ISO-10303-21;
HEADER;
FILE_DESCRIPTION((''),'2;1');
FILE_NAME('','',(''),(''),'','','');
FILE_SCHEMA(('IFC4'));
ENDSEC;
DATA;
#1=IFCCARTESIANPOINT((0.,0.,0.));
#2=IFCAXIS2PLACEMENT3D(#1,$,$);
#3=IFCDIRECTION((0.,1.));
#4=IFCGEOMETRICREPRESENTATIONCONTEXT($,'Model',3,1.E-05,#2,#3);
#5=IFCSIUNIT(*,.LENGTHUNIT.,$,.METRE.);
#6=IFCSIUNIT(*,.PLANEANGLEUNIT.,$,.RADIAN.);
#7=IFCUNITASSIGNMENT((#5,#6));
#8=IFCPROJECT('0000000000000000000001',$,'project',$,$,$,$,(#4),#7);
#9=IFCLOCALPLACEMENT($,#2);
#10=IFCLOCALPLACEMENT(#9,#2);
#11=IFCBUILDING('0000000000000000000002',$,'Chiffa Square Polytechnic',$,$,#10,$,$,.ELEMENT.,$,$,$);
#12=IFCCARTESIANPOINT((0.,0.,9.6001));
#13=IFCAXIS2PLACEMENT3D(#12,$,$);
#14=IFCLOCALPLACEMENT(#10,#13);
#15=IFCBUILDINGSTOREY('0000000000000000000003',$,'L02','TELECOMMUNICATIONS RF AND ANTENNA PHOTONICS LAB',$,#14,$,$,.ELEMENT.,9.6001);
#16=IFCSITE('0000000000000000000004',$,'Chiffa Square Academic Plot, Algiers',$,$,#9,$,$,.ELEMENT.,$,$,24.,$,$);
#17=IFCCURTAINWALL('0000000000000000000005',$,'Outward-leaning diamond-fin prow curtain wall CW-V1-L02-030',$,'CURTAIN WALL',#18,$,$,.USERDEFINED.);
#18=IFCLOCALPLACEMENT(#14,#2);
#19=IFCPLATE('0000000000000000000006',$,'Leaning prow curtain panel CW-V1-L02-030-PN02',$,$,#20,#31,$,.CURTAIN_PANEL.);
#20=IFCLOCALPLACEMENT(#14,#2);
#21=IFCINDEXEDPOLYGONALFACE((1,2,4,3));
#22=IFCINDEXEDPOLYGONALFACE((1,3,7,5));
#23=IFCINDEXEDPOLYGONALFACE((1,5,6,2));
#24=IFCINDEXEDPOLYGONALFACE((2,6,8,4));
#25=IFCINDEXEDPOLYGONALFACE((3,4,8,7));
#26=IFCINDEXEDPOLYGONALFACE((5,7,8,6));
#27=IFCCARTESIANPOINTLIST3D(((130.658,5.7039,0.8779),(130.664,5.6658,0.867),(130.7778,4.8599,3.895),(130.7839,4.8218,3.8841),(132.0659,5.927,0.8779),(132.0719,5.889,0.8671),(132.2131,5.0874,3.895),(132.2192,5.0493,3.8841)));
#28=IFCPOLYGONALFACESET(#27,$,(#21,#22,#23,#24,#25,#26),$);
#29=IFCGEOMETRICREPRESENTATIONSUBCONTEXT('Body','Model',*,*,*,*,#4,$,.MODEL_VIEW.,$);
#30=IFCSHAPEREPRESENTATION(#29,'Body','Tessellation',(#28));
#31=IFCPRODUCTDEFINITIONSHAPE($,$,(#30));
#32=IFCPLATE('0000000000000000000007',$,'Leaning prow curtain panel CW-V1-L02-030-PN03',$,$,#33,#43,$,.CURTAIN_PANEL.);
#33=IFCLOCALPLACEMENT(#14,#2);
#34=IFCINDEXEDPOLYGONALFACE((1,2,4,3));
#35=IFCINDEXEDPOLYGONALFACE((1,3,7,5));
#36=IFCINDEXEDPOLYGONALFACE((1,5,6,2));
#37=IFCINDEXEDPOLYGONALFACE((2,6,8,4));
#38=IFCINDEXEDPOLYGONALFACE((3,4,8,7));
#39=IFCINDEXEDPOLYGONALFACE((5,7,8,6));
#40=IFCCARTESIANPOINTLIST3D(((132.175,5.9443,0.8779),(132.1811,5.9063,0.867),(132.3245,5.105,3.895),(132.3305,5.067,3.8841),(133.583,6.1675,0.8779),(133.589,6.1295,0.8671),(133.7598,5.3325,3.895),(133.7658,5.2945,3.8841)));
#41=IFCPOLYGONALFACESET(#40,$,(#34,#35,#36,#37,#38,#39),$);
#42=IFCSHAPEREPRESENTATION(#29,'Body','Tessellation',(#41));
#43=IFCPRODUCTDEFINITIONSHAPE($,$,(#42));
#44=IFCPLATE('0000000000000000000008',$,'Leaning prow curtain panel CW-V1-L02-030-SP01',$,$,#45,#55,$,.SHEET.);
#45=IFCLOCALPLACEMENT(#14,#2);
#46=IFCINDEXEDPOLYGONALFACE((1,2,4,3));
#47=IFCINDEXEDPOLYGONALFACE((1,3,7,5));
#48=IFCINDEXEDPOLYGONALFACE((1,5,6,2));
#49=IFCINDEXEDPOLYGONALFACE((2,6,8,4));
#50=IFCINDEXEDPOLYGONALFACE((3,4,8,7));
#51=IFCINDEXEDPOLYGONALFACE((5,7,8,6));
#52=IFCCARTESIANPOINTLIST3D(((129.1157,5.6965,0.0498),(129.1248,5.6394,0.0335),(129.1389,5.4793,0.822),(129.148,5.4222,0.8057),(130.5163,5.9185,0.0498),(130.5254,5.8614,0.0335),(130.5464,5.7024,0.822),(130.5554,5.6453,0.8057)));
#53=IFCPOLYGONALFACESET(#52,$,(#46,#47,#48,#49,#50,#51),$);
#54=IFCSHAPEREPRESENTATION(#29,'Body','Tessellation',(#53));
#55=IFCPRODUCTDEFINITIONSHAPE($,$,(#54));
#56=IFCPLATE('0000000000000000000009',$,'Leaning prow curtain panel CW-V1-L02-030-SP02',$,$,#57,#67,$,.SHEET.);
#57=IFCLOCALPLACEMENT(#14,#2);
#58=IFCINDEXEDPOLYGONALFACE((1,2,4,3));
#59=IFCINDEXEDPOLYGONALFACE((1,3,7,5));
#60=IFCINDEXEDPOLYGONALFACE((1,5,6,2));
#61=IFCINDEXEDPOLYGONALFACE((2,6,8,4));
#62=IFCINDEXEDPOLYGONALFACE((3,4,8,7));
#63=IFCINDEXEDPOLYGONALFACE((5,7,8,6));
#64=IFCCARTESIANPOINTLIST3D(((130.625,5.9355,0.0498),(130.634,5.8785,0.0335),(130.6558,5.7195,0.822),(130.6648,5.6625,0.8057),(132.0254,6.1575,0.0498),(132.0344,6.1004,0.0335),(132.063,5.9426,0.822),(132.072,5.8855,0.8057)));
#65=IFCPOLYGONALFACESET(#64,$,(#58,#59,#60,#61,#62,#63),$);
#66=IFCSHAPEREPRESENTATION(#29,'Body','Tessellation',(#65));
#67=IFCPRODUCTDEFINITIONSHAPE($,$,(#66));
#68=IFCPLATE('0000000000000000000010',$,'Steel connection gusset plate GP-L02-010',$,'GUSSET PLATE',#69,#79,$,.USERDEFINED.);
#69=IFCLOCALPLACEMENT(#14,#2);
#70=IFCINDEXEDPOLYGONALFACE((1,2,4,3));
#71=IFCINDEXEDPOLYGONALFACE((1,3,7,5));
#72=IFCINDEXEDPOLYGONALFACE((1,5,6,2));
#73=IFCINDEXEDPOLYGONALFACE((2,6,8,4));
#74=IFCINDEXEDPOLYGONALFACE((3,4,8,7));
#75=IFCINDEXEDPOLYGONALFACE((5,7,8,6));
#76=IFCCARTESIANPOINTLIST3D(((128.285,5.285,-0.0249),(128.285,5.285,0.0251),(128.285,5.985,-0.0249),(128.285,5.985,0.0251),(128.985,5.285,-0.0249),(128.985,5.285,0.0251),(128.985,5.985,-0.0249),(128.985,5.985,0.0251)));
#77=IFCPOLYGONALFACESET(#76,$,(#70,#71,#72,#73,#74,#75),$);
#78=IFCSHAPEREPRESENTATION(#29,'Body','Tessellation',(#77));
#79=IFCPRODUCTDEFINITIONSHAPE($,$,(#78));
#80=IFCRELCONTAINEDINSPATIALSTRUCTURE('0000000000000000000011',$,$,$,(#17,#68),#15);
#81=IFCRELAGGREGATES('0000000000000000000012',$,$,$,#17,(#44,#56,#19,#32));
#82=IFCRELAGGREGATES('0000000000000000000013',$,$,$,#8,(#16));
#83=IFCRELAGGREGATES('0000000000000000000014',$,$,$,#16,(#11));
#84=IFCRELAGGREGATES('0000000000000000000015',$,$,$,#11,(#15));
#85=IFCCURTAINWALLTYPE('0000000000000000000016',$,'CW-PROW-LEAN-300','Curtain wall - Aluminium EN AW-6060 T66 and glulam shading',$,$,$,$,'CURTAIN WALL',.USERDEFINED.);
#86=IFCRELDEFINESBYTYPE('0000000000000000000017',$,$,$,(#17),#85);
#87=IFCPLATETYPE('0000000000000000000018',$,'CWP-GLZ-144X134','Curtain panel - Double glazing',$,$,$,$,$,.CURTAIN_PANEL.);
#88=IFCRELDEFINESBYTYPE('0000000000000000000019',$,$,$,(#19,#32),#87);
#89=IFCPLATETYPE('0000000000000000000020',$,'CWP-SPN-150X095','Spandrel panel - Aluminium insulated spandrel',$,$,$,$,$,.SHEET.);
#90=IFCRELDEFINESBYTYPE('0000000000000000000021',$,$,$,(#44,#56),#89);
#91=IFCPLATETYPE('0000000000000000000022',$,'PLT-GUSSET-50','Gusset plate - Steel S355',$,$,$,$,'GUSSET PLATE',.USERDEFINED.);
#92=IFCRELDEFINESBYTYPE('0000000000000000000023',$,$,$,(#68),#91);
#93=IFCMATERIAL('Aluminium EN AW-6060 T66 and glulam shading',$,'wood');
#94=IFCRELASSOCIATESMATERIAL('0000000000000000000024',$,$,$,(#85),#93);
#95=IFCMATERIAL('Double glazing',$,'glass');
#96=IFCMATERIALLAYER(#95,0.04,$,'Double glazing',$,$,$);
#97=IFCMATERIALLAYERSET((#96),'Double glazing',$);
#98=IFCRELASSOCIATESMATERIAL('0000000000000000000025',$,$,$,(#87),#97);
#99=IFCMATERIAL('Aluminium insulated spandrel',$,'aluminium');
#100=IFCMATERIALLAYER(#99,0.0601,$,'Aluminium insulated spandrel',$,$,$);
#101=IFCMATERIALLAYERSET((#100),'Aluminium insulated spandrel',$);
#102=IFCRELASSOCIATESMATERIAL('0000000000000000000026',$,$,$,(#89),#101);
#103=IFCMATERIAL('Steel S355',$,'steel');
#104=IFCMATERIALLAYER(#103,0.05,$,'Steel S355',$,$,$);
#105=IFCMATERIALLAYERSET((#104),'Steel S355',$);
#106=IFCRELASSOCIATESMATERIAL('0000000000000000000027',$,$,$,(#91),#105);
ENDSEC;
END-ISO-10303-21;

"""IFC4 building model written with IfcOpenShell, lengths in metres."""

from ifc_helpers import new_model, si_unit, direction, frame, origin, origin_2d, place, context, subcontext, project, spatial, polyline, rectangle, outline, extrude, material, layer, layer_set, type_object, element, aggregate, save


model = new_model("IFC4")

# Units and contexts
model_context = context("Model", 3, precision=1e-05, world=origin(), true_north=direction((0.0, 1.0)))
body_context = subcontext(model_context, "Body", "Model", "MODEL_VIEW")
ifc_project = project(units=[si_unit("LENGTHUNIT", "METRE"), si_unit("PLANEANGLEUNIT", "RADIAN")], contexts=[model_context])

# Site, building, storey
site_placement = place(None, origin())
site = spatial("IfcSite", under=ifc_project, at=site_placement, Name="Chiffa Square Academic Plot, Algiers", CompositionType="ELEMENT", RefElevation=24.0)
building_placement = place(site_placement, origin())
building = spatial("IfcBuilding", under=site, at=building_placement, Name="Chiffa Square Polytechnic", CompositionType="ELEMENT")
storey_placement = place(building_placement, frame((0.0, 0.0, 9.6001)))
storey = spatial("IfcBuildingStorey", under=building, at=storey_placement, Name="L02", Description="TELECOMMUNICATIONS RF AND ANTENNA PHOTONICS LAB", CompositionType="ELEMENT", Elevation=9.6001)

# Shared definitions
ifc_material_1 = material(Name="Aluminium EN AW-6060 T66 and glulam shading", Category="wood")

# Curtain wall
curtain_wall_type_1 = type_object("IfcCurtainWallType", Name="CW-PROW-LEAN-300", Description="Curtain wall - Aluminium EN AW-6060 T66 and glulam shading", ElementType="CURTAIN WALL", PredefinedType="USERDEFINED", material=ifc_material_1)
curtain_wall_1_placement = place(storey_placement, origin())
curtain_wall_1 = element("IfcCurtainWall", 1, at=curtain_wall_1_placement, inside=storey, type_object=curtain_wall_type_1, Name="Outward-leaning diamond-fin prow curtain wall CW-V1-L02-030", ObjectType="CURTAIN WALL", PredefinedType="USERDEFINED")

# Shared definitions
ifc_material_2 = material(Name="Steel S355", Category="steel")

# Plates
ifc_material_3 = material(Name="Double glazing", Category="glass")
ifc_layer_1 = layer(ifc_material_3, 0.04, Name="Double glazing")
ifc_layer_set_1 = layer_set([ifc_layer_1], Name="Double glazing")
plate_type_1 = type_object("IfcPlateType", Name="CWP-GLZ-144X134", Description="Curtain panel - Double glazing", PredefinedType="CURTAIN_PANEL", material=ifc_layer_set_1)
plate_1_placement = place(storey_placement, frame((130.658, 5.7039, 0.8779), z_axis=(-0.150659, 0.950471, 0.271859), x_axis=(0.98767, 0.156553, 0.000005)))
plate_1 = element("IfcPlate", 2, at=plate_1_placement, type_object=plate_type_1, Name="Leaning prow curtain panel CW-V1-L02-030-PN02", PredefinedType="CURTAIN_PANEL", context=body_context, shape_type="SweptSolid", body=[
    extrude(outline(polyline([(0.0, 0.0), (1.4255, 0.0), (1.4395, -3.1352), (-0.0137, -3.1352), (0.0, 0.0)])), origin(), (0.0, 0.0, -1.0), 0.04),
])
plate_2_placement = place(storey_placement, frame((132.175, 5.9443, 0.8779), z_axis=(-0.150658, 0.950467, 0.271872), x_axis=(0.98767, 0.156553, 0.000005)))
plate_2 = element("IfcPlate", 3, at=plate_2_placement, type_object=plate_type_1, Name="Leaning prow curtain panel CW-V1-L02-030-PN03", PredefinedType="CURTAIN_PANEL", context=body_context, shape_type="SweptSolid", body=[
    extrude(outline(polyline([(0.0, 0.0), (1.4255, 0.0), (1.4694, -3.1352), (0.0162, -3.1352), (0.0, 0.0)])), origin(), (0.0, 0.0, -1.0), 0.04),
])
ifc_material_4 = material(Name="Aluminium insulated spandrel", Category="aluminium")
ifc_layer_2 = layer(ifc_material_4, 0.0601, Name="Aluminium insulated spandrel")
ifc_layer_set_2 = layer_set([ifc_layer_2], Name="Aluminium insulated spandrel")
plate_type_2 = type_object("IfcPlateType", Name="CWP-SPN-150X095", Description="Spandrel panel - Aluminium insulated spandrel", PredefinedType="SHEET", material=ifc_layer_set_2)
plate_3_placement = place(storey_placement, frame((129.1157, 5.6965, 0.0498), z_axis=(-0.150643, 0.950467, 0.271881), x_axis=(0.987672, 0.156537, 0.000013)))
plate_3 = element("IfcPlate", 4, at=plate_3_placement, type_object=plate_type_2, Name="Leaning prow curtain panel CW-V1-L02-030-SP01", PredefinedType="SHEET", context=body_context, shape_type="SweptSolid", body=[
    extrude(outline(polyline([(0.0, 0.0), (1.4181, 0.0), (1.414, -0.8024), (-0.0111, -0.8025), (0.0, 0.0)])), origin(), (0.0, 0.0, -1.0), 0.0601),
])
plate_4_placement = place(storey_placement, frame((130.625, 5.9355, 0.0498), z_axis=(-0.15067, 0.95047, 0.271857), x_axis=(0.987668, 0.156563, 0.000012)))
plate_4 = element("IfcPlate", 5, at=plate_4_placement, type_object=plate_type_2, Name="Leaning prow curtain panel CW-V1-L02-030-SP02", PredefinedType="SHEET", context=body_context, shape_type="SweptSolid", body=[
    extrude(outline(polyline([(0.0, 0.0), (1.4179, 0.0), (1.4214, -0.8024), (-0.0034, -0.8025), (0.0, 0.0)])), origin(), (0.0, 0.0, -1.0), 0.0601),
])
aggregate(curtain_wall_1, [plate_3, plate_4, plate_1, plate_2])
ifc_layer_3 = layer(ifc_material_2, 0.05, Name="Steel S355")
ifc_layer_set_3 = layer_set([ifc_layer_3], Name="Steel S355")
plate_type_3 = type_object("IfcPlateType", Name="PLT-GUSSET-50", Description="Gusset plate - Steel S355", ElementType="GUSSET PLATE", PredefinedType="USERDEFINED", material=ifc_layer_set_3)
plate_5_placement = place(storey_placement, frame((128.635, 5.635, -0.0249), z_axis=(0.0, 0.0, 1.0), x_axis=(1.0, 0.0, 0.0)))
element("IfcPlate", 6, at=plate_5_placement, inside=storey, type_object=plate_type_3, Name="Steel connection gusset plate GP-L02-010", ObjectType="GUSSET PLATE", PredefinedType="USERDEFINED", context=body_context, shape_type="SweptSolid", body=[
    extrude(rectangle(XDim=0.7, YDim=0.7, at=origin_2d()), origin(), (0.0, 0.0, 1.0), 0.05),
])

save(model, "model.ifc")
